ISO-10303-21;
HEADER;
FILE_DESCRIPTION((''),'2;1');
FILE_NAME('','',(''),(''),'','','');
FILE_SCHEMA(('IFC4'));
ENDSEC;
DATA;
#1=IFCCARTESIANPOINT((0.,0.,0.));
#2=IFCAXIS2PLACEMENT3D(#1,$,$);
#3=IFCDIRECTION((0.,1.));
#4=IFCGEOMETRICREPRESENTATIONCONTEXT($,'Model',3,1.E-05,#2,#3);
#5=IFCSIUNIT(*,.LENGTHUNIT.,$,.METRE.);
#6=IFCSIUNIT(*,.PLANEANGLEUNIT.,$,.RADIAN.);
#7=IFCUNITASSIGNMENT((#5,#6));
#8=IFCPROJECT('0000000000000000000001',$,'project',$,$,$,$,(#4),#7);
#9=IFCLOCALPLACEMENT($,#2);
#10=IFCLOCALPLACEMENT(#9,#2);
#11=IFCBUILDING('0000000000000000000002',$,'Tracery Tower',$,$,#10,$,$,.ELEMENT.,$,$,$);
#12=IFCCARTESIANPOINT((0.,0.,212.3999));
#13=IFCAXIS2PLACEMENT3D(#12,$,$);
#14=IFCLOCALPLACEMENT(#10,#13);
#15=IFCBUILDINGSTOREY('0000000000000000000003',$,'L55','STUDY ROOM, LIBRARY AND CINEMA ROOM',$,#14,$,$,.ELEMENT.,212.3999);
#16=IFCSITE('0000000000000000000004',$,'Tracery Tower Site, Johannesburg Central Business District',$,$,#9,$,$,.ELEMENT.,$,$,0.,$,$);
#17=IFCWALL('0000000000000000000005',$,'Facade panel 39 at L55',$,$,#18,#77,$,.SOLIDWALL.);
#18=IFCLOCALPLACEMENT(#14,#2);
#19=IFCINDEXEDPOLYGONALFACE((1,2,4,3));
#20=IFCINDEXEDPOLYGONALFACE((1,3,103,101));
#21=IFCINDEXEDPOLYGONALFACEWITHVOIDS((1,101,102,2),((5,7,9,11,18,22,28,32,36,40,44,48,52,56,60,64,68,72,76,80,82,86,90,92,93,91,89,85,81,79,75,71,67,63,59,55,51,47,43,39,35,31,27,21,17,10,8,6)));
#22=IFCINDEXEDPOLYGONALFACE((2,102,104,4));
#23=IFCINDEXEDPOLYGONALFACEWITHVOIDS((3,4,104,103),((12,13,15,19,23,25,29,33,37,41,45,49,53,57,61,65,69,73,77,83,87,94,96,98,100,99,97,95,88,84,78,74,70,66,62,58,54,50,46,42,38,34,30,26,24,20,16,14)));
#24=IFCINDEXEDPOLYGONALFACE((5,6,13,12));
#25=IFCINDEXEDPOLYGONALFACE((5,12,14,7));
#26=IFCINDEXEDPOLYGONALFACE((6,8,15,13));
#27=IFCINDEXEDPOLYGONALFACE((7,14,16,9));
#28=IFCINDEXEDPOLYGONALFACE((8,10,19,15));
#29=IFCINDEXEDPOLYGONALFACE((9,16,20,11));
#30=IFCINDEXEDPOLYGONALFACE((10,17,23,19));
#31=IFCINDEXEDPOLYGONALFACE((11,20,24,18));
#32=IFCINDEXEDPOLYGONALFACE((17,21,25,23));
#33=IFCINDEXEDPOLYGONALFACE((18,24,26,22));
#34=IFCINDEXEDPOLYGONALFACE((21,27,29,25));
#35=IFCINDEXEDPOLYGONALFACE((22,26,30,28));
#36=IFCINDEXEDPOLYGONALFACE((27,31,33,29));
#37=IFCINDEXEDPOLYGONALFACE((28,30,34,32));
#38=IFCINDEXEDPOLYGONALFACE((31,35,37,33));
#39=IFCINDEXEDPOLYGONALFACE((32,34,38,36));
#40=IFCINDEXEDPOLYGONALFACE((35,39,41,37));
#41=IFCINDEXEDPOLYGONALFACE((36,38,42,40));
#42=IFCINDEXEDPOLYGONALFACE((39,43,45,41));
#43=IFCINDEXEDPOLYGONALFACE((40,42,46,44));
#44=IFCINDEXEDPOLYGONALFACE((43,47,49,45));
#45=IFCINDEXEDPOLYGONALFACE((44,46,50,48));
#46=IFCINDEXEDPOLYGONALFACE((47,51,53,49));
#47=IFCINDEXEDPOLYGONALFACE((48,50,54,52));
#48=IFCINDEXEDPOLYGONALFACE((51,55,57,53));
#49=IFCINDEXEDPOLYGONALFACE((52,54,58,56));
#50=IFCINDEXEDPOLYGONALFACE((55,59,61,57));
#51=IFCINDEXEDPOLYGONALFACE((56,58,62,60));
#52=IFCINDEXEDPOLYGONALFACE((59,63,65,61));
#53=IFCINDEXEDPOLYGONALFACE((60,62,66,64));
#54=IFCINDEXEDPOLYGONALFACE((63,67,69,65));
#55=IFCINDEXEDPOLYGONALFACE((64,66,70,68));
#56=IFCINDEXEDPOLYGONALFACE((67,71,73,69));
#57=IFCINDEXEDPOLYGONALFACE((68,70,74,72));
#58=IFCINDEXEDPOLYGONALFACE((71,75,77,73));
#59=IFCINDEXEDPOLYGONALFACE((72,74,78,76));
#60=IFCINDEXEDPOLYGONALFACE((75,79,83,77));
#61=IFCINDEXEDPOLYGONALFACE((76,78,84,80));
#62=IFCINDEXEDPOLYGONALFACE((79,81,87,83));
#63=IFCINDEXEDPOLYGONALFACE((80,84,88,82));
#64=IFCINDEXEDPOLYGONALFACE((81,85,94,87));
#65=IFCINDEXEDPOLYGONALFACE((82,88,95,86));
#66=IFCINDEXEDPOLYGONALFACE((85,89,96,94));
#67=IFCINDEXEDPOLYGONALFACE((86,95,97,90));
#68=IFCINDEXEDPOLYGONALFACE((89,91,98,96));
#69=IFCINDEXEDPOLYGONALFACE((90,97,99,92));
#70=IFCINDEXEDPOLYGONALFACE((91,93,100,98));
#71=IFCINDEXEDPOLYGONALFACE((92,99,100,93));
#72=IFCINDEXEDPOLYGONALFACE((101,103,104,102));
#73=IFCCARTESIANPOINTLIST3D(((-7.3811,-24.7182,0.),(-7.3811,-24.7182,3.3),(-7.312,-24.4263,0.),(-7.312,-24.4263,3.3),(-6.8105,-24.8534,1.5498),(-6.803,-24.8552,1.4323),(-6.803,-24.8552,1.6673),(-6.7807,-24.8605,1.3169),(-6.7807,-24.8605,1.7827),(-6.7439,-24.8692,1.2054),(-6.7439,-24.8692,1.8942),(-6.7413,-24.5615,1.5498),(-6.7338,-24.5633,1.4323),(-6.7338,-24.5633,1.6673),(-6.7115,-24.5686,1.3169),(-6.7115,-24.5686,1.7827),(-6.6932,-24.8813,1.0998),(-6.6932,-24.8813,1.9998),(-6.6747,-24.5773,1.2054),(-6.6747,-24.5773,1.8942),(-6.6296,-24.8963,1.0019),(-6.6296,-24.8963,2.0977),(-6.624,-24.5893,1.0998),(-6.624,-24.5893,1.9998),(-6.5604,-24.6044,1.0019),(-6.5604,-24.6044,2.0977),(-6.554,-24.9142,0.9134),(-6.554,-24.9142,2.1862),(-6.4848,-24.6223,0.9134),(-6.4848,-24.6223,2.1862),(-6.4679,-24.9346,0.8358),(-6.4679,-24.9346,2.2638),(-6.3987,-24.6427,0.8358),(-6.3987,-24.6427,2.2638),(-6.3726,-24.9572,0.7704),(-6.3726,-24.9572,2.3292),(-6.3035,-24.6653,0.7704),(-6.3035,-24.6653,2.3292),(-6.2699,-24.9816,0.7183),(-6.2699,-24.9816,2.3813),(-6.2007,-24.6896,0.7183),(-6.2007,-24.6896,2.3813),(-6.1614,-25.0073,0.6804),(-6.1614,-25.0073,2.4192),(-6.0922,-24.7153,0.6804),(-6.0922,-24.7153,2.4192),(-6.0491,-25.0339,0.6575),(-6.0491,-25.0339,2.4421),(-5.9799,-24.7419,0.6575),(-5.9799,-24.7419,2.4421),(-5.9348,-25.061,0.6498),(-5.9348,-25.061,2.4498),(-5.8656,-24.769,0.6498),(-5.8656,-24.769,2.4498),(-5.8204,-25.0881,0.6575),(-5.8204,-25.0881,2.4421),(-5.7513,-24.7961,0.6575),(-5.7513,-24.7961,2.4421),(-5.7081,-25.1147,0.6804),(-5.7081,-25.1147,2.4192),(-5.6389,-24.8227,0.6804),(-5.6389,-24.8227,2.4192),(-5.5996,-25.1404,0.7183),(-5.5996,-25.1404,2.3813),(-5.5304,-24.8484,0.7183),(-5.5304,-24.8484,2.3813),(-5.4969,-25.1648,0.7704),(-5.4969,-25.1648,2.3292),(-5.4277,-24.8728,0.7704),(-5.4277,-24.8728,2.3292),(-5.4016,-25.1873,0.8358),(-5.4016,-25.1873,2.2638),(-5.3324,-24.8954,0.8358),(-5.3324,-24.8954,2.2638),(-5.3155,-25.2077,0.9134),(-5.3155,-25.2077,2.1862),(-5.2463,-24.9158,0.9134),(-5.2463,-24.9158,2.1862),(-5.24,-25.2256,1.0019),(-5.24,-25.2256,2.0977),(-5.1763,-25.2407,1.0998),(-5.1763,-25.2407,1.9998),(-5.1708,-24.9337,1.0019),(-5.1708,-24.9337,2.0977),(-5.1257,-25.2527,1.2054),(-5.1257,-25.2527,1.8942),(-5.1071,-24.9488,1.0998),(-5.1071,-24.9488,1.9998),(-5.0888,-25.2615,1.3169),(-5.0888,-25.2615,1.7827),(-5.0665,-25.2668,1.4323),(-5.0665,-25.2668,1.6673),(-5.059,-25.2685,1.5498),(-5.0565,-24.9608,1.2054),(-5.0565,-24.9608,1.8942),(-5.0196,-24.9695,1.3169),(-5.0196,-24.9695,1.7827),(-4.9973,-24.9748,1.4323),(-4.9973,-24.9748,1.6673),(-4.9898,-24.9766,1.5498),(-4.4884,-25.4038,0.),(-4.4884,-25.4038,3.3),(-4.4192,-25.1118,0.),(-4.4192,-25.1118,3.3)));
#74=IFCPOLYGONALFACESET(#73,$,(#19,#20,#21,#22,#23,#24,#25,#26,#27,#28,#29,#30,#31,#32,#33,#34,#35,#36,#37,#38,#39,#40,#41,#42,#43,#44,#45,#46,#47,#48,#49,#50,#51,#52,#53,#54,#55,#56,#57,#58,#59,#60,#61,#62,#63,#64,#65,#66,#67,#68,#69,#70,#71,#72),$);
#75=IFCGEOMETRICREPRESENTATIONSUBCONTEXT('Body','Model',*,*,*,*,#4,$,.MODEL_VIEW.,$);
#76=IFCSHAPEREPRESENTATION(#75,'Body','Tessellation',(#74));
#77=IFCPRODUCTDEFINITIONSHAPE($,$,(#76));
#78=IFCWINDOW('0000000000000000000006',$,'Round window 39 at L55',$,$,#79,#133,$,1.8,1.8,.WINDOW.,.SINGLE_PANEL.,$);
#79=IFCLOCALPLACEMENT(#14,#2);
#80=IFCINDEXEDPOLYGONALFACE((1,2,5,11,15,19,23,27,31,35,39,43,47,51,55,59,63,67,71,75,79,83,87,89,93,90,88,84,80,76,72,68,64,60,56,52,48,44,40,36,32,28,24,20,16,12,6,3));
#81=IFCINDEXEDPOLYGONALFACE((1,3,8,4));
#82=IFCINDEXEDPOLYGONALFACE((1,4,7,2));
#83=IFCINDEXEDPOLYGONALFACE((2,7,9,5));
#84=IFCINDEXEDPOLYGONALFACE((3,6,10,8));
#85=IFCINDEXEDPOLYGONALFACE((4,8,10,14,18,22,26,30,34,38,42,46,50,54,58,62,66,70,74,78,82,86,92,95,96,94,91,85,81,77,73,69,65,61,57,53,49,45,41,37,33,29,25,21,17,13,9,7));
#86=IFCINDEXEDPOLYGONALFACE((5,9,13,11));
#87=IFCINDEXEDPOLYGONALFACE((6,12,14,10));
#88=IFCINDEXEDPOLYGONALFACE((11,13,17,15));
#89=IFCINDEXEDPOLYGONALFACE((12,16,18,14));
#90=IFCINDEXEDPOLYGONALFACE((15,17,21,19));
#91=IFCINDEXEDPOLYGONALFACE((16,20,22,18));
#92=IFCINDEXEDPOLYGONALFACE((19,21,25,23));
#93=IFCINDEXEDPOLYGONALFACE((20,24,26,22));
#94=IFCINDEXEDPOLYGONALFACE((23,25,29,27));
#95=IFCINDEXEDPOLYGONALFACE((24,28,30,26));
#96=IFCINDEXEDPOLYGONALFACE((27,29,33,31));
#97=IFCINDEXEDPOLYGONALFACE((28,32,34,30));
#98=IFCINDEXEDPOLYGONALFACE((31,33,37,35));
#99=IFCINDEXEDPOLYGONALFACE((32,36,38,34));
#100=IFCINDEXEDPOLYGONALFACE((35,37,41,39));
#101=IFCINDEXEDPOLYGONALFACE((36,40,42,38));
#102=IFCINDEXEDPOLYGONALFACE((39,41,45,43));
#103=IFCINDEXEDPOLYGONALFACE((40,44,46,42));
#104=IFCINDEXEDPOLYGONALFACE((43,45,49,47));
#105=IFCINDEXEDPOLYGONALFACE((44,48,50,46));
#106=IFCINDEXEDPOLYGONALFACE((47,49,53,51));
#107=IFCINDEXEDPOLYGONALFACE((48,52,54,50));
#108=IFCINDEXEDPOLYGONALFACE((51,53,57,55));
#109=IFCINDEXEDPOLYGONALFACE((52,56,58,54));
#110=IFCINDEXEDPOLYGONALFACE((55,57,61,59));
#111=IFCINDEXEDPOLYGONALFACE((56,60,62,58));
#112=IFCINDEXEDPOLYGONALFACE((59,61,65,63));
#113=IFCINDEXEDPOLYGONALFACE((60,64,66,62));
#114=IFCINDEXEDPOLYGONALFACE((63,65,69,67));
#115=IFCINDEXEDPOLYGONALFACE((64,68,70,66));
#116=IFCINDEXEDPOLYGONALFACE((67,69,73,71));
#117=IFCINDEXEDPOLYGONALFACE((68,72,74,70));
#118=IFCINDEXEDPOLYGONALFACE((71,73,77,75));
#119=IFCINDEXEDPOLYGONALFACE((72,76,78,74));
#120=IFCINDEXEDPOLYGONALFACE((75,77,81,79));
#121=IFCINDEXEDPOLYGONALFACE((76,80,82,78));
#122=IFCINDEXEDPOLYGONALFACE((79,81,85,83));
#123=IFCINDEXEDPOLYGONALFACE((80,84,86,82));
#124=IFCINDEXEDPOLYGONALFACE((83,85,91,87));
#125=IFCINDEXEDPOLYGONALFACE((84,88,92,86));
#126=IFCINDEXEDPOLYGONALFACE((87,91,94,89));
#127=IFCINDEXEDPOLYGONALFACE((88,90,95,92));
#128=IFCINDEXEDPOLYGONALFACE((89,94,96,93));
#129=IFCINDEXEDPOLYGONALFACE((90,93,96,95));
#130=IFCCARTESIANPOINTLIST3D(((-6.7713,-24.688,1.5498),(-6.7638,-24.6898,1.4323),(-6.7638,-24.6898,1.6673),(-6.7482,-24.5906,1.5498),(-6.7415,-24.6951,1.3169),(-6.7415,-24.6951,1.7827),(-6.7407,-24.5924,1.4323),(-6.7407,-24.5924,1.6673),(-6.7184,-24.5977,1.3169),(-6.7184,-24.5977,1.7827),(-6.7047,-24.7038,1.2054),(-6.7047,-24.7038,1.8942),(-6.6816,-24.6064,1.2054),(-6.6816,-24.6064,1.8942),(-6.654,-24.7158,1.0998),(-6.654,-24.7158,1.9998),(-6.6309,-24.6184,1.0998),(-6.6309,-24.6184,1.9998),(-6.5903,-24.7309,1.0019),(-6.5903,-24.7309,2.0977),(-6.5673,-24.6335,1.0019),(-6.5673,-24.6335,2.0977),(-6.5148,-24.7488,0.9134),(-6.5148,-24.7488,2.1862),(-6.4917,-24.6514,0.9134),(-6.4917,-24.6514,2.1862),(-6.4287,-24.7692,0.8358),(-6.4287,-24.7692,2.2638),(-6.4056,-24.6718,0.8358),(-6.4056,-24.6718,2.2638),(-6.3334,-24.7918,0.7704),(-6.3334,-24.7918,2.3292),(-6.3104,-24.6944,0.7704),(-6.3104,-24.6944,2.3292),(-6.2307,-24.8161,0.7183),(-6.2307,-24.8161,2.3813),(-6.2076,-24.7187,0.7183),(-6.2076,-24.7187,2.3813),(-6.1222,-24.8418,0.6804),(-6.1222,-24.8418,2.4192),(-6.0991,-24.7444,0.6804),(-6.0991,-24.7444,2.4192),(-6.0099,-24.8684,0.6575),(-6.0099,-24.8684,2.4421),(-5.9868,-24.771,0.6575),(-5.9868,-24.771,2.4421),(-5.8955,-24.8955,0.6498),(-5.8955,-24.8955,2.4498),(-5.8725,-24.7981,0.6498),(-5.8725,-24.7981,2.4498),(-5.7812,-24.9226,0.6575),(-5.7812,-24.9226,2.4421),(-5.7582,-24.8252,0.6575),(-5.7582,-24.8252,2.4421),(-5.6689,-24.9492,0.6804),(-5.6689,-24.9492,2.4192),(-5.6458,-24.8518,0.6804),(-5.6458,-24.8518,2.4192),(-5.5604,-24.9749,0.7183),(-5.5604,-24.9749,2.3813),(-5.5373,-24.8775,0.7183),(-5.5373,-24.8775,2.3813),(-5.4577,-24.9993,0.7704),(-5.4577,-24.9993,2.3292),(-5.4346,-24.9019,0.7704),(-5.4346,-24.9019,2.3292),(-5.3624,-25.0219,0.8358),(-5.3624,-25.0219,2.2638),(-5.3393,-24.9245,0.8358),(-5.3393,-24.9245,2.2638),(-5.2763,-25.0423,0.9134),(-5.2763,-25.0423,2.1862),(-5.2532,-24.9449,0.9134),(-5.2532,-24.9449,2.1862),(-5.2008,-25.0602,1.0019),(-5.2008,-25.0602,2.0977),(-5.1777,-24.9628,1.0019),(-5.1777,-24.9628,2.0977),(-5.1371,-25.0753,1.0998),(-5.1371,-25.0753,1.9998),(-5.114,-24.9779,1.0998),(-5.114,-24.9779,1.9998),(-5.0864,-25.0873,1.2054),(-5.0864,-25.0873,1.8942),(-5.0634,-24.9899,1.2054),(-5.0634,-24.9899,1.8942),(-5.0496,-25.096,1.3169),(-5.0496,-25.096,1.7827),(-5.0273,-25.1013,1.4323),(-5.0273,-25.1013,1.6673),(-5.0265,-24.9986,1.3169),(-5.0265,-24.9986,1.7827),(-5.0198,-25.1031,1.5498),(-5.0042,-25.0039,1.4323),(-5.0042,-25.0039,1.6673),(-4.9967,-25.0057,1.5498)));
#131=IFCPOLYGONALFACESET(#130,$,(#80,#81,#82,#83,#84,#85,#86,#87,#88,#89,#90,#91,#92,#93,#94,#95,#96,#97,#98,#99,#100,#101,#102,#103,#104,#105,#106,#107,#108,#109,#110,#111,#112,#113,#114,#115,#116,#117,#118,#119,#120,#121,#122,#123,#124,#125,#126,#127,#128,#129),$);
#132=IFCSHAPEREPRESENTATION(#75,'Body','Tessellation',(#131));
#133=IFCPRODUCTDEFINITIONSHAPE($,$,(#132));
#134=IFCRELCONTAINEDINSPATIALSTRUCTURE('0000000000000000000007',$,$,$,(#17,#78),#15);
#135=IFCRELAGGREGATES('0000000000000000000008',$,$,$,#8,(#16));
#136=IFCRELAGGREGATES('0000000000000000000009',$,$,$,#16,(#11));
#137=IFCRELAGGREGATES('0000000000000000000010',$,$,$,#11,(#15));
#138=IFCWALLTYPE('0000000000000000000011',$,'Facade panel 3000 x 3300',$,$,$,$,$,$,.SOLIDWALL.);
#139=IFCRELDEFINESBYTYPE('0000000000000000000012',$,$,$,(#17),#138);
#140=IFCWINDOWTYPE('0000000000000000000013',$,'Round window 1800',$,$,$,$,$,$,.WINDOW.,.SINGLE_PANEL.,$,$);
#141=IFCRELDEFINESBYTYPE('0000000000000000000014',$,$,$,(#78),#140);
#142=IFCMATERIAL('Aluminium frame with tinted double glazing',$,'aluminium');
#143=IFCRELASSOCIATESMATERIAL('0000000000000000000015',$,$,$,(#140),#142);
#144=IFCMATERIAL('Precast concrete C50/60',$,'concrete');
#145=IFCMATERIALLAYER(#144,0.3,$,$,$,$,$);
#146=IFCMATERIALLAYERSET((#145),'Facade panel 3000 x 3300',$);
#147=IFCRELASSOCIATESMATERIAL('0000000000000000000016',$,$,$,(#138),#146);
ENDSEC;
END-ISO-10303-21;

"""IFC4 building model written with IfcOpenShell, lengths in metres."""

from ifc_helpers import new_model, si_unit, direction, frame, frame_2d, origin, origin_2d, place, context, subcontext, project, spatial, rectangle, circle, extrude, material, layer, layer_set, type_object, element, fill, save


model = new_model("IFC4")

# Units and contexts
model_context = context("Model", 3, precision=1e-05, world=origin(), true_north=direction((0.0, 1.0)))
body_context = subcontext(model_context, "Body", "Model", "MODEL_VIEW")
ifc_project = project(units=[si_unit("LENGTHUNIT", "METRE"), si_unit("PLANEANGLEUNIT", "RADIAN")], contexts=[model_context])

# Site, building, storey
site_placement = place(None, origin())
site = spatial("IfcSite", under=ifc_project, at=site_placement, Name="Tracery Tower Site, Johannesburg Central Business District", CompositionType="ELEMENT", RefElevation=0.0)
building_placement = place(site_placement, origin())
building = spatial("IfcBuilding", under=site, at=building_placement, Name="Tracery Tower", CompositionType="ELEMENT")
storey_placement = place(building_placement, frame((0.0, 0.0, 212.3999)))
storey = spatial("IfcBuildingStorey", under=building, at=storey_placement, Name="L55", Description="STUDY ROOM, LIBRARY AND CINEMA ROOM", CompositionType="ELEMENT", Elevation=212.3999)

# Wall, opening, window
ifc_material_1 = material(Name="Aluminium frame with tinted double glazing", Category="aluminium")
window_type = type_object("IfcWindowType", Name="Round window 1800", PartitioningType="SINGLE_PANEL", PredefinedType="WINDOW", material=ifc_material_1)
ifc_material_2 = material(Name="Precast concrete C50/60", Category="concrete")
ifc_layer_1 = layer(ifc_material_2, 0.3)
ifc_layer_set_1 = layer_set([ifc_layer_1], Name="Facade panel 3000 x 3300")
wall_type_1 = type_object("IfcWallType", Name="Facade panel 3000 x 3300", PredefinedType="SOLIDWALL", material=ifc_layer_set_1)
wall_1_placement = place(storey_placement, frame((-7.3464, -24.5723, 0.0), z_axis=(0.0, 0.0, 1.0), x_axis=(0.97305, -0.230595, 0.0)))
wall_1 = element("IfcWall", 1, at=wall_1_placement, inside=storey, type_object=wall_type_1, Name="Facade panel 39 at L55", PredefinedType="SOLIDWALL", context=body_context, shape_type="SweptSolid", body=[
    extrude(rectangle(XDim=2.9729, YDim=0.3, at=frame_2d((1.4863, 0.0))), origin(), (0.0, 0.0, 1.0), 3.3),
])
opening_1_placement = place(wall_1_placement, frame((1.4863, 0.0, 1.5498)))
opening_1 = element("IfcOpeningElement", 2, at=opening_1_placement, cuts=wall_1, PredefinedType="OPENING", context=body_context, shape_type="SweptSolid", body=[
    extrude(circle(Radius=0.9, at=origin_2d()), frame((0.0, 0.1599, 0.0), z_axis=(0.0, -1.0, 0.0), x_axis=(1.0, 0.0, 0.0)), (0.0, 0.0, 1.0), 0.3201),
])
window_1_placement = place(opening_1_placement, origin())
window_1 = element("IfcWindow", 3, at=window_1_placement, inside=storey, type_object=window_type, Name="Round window 39 at L55", OverallHeight=1.8, OverallWidth=1.8, PartitioningType="SINGLE_PANEL", PredefinedType="WINDOW", context=body_context, shape_type="SweptSolid", body=[
    extrude(circle(Radius=0.9, at=origin_2d()), frame((0.0, 0.1201, 0.0), z_axis=(0.0, -1.0, 0.0), x_axis=(1.0, 0.0, 0.0)), (0.0, 0.0, 1.0), 0.1001),
])
fill(opening_1, window_1)

save(model, "model.ifc")
